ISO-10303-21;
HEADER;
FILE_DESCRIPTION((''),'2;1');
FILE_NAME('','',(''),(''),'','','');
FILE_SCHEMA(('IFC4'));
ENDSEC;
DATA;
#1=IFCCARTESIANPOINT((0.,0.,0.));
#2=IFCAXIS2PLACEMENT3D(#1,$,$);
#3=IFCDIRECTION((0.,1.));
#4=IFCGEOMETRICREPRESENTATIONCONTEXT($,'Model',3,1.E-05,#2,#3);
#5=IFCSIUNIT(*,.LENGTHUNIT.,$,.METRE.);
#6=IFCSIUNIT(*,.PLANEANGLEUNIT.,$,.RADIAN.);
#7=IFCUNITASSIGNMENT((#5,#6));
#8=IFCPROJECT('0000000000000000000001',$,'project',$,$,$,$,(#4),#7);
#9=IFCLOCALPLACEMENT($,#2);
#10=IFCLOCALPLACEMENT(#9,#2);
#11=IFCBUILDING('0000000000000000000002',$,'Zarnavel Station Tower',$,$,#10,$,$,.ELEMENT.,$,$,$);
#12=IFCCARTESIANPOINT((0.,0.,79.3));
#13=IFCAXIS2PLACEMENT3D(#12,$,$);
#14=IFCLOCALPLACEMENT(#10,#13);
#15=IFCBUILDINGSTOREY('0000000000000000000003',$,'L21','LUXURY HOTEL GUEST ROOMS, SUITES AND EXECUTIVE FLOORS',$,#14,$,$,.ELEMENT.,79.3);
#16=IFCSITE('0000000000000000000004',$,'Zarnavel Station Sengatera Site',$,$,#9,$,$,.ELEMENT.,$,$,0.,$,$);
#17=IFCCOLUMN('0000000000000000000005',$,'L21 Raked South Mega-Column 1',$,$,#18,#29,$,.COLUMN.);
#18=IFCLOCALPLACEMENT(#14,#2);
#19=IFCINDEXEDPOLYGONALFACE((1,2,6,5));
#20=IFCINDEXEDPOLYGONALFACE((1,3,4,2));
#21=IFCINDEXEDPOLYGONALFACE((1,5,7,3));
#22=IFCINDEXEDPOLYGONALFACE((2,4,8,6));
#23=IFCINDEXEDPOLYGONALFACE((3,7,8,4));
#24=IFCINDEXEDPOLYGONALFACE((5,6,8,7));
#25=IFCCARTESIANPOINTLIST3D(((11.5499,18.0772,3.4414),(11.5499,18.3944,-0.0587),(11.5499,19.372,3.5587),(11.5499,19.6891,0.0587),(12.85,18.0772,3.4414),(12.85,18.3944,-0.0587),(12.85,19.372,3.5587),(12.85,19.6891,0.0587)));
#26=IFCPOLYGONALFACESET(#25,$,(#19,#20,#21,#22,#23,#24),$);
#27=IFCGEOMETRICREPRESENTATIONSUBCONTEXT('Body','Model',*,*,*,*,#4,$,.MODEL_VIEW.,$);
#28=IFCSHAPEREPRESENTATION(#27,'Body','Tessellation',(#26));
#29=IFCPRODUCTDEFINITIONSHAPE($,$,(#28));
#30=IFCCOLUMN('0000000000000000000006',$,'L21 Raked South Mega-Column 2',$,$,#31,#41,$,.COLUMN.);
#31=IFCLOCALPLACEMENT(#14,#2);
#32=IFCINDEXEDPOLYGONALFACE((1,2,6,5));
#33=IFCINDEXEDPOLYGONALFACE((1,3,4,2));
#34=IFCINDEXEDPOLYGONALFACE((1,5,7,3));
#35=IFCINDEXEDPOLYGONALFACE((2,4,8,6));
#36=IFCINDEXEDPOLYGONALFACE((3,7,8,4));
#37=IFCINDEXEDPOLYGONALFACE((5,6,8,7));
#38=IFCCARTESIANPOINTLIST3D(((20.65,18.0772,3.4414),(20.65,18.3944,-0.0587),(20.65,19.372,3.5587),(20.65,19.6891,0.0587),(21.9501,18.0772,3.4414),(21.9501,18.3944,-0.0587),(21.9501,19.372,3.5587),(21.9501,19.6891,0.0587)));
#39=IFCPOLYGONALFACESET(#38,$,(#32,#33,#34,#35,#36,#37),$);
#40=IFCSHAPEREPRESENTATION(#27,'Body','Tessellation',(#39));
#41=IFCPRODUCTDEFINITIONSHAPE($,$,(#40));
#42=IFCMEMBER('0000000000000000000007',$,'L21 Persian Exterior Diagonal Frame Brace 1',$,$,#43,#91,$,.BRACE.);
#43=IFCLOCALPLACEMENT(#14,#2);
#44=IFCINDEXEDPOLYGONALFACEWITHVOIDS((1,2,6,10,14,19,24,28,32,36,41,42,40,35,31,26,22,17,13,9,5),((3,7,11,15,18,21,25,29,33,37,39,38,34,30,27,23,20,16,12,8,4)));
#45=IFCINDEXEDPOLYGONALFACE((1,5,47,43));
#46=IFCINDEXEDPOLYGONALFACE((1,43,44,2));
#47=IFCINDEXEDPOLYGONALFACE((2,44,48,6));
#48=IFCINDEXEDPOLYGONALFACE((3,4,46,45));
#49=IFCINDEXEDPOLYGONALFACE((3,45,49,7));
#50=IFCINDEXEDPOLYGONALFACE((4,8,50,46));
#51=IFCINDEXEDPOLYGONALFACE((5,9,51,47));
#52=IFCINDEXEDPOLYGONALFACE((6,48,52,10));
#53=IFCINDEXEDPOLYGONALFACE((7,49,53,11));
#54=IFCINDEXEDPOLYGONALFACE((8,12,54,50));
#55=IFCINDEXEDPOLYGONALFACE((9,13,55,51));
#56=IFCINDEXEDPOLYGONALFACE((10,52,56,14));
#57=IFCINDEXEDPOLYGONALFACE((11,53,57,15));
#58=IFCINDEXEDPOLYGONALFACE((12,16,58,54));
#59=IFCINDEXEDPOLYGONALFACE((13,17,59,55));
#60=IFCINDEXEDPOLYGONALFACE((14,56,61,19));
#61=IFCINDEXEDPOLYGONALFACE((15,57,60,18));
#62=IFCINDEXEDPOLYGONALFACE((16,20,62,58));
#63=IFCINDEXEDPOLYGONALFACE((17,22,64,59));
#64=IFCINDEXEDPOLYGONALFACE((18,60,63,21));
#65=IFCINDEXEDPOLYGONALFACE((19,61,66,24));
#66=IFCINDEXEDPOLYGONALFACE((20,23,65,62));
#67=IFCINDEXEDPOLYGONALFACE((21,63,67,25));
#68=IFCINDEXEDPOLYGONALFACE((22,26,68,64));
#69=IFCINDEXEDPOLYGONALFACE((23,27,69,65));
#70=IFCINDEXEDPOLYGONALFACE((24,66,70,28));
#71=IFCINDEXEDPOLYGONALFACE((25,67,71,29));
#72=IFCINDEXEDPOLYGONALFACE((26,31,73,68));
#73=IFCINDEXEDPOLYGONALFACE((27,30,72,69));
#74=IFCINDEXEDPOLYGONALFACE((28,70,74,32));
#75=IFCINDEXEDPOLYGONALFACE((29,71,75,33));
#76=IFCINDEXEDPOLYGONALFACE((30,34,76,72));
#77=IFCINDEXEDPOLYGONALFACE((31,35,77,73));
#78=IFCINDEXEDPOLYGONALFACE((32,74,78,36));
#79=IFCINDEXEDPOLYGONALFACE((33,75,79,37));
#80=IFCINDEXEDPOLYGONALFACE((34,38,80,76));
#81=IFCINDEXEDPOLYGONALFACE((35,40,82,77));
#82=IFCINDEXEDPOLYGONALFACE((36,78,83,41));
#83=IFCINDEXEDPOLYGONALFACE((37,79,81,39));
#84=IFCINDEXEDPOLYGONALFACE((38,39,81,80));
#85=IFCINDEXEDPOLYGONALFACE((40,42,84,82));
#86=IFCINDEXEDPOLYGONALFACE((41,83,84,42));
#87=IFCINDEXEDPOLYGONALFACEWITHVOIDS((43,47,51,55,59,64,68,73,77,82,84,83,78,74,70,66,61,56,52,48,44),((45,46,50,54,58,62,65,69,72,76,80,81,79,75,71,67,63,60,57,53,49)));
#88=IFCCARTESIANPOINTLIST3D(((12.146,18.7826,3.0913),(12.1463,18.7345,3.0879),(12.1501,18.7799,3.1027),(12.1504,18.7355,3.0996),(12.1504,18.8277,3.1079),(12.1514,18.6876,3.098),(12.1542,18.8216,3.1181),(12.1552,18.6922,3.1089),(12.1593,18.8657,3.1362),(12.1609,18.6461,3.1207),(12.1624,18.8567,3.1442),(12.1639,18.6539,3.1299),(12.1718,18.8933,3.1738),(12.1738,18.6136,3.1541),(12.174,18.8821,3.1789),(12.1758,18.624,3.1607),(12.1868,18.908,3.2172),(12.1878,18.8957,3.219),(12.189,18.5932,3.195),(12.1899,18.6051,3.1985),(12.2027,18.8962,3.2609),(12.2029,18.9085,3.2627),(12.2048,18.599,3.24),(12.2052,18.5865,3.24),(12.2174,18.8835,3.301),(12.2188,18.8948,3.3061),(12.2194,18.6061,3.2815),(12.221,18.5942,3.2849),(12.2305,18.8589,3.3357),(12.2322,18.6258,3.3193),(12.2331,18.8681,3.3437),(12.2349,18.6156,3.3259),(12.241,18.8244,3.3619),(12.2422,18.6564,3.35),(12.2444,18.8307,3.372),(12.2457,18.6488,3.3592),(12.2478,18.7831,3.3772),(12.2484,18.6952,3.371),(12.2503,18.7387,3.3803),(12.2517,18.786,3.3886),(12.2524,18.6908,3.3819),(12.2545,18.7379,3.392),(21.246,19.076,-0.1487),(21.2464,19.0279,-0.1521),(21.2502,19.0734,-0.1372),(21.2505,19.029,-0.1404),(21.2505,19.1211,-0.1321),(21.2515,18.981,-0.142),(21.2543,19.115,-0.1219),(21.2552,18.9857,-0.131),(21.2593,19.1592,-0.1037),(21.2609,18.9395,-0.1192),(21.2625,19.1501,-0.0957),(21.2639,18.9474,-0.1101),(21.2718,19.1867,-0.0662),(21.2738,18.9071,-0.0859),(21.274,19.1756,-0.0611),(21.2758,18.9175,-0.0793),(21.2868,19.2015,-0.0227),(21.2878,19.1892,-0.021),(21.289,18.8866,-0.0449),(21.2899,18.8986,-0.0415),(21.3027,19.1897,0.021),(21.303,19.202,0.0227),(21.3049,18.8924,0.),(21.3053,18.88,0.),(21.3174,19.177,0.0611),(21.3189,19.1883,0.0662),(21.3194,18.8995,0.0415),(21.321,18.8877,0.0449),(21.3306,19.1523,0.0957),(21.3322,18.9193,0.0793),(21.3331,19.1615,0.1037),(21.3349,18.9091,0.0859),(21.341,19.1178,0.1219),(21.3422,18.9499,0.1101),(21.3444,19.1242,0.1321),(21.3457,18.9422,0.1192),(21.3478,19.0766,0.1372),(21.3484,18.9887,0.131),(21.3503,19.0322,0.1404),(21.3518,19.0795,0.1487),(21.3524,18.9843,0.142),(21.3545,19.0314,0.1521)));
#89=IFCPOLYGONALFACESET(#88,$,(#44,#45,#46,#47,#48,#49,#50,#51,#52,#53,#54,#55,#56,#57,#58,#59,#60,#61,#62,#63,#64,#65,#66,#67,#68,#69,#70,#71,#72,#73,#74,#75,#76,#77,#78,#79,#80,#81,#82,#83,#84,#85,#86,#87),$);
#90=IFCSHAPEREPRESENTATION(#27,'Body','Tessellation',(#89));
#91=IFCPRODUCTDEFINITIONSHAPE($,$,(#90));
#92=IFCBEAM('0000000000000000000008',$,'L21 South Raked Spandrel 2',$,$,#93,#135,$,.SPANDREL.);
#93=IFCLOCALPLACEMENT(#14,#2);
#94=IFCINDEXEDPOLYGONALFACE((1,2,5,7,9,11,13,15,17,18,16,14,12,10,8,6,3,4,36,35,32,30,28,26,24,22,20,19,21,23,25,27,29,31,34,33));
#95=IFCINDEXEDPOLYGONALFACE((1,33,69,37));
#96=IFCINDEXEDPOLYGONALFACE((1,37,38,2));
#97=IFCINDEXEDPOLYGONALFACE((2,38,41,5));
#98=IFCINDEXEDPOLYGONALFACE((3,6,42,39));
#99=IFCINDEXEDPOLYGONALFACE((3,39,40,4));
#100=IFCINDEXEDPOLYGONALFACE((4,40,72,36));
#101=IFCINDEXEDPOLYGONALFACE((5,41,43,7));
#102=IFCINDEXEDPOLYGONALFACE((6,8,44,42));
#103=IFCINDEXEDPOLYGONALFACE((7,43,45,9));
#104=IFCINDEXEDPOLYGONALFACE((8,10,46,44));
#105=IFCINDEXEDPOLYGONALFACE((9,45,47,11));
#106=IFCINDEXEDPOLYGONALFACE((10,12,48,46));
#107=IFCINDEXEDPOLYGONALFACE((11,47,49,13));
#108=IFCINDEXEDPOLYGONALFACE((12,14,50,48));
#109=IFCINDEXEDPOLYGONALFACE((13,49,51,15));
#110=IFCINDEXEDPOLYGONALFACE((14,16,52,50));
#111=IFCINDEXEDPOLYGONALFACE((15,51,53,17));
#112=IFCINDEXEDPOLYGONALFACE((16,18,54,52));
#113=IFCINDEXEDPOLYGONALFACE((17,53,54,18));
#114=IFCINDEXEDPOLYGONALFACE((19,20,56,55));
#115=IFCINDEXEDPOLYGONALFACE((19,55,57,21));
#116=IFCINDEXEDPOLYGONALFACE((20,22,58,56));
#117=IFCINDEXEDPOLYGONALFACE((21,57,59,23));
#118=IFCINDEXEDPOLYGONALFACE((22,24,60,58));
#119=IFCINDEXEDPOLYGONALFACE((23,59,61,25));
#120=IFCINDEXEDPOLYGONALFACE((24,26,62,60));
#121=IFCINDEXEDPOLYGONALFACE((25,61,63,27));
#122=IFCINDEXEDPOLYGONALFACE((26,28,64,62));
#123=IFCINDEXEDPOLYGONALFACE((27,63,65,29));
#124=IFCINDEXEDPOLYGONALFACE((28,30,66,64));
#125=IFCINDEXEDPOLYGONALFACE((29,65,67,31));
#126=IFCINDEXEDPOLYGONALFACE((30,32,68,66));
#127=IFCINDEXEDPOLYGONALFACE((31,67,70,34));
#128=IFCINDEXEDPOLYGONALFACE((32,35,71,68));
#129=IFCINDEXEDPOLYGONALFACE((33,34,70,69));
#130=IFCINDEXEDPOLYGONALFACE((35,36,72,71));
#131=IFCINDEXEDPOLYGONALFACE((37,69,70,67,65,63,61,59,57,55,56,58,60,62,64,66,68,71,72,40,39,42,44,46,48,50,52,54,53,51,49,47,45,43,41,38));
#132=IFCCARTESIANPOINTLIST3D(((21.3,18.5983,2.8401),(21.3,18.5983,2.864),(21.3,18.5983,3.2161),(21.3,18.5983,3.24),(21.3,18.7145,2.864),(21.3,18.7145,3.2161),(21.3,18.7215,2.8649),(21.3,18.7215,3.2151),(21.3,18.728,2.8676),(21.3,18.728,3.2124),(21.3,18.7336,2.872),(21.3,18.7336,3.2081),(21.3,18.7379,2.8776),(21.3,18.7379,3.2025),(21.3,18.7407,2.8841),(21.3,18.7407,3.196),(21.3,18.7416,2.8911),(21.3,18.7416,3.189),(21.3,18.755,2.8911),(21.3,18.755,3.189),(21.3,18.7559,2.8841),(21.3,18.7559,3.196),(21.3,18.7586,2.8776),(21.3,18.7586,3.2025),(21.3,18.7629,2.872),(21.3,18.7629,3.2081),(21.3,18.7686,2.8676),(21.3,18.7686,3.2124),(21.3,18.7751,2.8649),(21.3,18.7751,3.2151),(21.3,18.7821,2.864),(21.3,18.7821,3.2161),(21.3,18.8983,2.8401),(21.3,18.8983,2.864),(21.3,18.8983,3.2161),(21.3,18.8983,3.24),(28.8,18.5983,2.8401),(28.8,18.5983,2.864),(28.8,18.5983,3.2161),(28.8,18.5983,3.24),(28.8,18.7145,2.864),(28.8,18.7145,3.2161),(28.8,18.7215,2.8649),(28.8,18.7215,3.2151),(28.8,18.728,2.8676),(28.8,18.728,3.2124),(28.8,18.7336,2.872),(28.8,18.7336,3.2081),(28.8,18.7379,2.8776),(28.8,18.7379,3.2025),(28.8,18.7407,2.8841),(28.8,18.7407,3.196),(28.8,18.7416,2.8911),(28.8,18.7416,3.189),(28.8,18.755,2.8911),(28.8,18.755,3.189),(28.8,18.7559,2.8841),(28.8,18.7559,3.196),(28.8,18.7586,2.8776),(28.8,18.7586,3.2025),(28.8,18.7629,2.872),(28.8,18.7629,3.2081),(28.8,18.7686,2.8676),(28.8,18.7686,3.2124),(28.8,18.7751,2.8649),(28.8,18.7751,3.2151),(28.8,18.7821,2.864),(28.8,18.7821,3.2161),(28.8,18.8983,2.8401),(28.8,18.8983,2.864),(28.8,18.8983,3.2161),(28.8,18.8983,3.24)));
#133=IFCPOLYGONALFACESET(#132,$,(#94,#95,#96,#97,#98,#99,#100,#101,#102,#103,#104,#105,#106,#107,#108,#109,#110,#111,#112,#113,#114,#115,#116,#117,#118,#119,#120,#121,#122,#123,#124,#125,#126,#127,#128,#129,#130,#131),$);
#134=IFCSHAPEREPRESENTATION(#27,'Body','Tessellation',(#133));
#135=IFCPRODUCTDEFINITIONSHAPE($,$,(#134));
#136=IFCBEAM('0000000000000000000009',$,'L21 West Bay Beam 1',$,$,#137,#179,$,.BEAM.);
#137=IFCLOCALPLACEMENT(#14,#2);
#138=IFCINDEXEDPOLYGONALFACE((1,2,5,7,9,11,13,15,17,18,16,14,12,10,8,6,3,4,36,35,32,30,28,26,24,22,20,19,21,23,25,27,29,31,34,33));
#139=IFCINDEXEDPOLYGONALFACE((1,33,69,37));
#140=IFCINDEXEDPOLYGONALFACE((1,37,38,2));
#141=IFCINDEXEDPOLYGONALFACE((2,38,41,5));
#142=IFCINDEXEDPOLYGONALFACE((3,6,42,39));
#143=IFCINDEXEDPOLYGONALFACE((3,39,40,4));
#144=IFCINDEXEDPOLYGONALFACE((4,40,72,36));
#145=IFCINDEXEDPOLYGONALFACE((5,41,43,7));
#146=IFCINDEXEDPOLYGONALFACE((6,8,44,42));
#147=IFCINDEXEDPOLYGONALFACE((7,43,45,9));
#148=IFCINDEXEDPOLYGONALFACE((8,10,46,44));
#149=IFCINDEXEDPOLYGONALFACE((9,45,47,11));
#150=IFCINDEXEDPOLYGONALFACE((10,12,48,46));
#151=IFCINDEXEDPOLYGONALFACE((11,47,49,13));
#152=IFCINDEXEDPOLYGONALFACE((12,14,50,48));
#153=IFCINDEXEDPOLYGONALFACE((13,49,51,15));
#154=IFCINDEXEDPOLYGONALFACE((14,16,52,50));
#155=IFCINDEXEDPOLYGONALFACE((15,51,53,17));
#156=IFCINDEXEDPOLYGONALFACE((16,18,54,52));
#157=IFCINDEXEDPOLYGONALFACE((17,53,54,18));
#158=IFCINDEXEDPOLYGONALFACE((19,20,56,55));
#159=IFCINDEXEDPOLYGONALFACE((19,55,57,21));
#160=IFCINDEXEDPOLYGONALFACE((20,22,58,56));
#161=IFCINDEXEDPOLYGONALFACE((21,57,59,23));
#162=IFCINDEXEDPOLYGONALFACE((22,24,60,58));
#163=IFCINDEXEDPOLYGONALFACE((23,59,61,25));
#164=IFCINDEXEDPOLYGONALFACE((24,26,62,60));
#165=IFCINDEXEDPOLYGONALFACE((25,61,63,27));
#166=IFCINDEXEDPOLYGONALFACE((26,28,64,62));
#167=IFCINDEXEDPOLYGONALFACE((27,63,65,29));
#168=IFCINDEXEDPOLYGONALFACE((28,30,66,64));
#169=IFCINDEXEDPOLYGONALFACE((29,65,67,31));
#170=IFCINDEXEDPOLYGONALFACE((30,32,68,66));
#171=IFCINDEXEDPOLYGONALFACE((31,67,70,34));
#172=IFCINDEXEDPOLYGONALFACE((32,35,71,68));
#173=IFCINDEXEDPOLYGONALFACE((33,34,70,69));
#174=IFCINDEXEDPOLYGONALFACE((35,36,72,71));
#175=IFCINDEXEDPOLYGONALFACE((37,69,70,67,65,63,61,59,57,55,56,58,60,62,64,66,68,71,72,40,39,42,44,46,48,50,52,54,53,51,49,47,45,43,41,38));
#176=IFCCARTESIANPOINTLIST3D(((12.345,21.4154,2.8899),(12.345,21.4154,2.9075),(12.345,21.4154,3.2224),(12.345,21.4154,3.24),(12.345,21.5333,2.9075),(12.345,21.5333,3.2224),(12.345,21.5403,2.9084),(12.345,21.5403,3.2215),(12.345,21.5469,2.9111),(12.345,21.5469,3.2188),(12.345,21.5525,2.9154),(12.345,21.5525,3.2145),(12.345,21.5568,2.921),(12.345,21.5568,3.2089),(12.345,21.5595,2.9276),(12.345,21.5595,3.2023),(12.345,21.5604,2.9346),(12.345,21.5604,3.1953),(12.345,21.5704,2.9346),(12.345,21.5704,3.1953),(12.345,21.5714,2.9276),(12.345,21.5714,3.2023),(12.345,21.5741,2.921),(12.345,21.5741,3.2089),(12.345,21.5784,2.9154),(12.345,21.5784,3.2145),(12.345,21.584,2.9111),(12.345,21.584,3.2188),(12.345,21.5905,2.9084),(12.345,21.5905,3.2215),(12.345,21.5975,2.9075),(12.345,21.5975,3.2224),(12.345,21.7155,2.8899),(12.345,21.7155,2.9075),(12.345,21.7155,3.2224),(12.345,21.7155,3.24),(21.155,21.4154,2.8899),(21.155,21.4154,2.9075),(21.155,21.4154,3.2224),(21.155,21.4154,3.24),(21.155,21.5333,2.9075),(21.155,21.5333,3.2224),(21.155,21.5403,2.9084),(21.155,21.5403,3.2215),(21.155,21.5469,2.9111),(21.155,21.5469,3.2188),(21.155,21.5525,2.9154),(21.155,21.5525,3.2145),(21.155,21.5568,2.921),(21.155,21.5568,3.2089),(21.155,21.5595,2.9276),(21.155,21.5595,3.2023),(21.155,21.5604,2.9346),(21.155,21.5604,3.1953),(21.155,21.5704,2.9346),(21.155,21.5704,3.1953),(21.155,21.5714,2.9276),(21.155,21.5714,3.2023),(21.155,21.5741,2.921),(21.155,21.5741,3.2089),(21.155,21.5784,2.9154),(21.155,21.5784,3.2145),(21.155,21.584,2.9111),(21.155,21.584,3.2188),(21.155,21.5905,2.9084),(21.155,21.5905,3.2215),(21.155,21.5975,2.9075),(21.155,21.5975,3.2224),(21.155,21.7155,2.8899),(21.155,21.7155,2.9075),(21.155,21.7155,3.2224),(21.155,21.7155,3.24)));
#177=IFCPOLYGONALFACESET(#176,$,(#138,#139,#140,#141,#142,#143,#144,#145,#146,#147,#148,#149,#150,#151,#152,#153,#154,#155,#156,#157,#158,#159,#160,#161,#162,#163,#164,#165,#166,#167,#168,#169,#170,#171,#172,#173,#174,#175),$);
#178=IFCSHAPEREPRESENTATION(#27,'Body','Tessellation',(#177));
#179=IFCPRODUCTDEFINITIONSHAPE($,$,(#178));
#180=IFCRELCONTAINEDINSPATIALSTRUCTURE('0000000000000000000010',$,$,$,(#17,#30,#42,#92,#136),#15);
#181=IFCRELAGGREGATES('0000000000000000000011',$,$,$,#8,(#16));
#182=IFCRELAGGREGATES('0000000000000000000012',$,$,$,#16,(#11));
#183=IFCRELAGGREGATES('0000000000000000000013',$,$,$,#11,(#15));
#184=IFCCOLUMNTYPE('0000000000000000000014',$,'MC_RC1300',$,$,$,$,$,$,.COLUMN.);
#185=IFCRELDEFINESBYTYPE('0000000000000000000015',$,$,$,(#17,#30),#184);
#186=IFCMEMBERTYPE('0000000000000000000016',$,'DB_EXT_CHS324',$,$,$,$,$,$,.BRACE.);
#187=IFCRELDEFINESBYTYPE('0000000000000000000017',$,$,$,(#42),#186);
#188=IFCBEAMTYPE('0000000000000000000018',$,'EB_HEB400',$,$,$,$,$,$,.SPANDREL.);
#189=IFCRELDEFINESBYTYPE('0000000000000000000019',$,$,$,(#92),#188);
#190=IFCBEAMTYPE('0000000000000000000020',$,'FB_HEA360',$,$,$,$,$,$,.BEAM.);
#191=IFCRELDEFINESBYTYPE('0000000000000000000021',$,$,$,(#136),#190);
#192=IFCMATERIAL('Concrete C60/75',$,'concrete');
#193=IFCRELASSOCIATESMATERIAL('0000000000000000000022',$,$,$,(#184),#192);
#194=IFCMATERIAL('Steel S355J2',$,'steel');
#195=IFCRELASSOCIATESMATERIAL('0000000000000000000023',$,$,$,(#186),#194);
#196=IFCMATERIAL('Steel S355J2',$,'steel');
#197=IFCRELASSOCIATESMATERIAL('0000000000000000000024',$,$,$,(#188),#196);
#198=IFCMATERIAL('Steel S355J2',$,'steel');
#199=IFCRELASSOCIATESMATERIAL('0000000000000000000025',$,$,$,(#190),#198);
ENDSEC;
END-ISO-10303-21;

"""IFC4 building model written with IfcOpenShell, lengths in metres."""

from ifc_helpers import new_model, si_unit, direction, frame, origin, origin_2d, place, context, subcontext, project, spatial, rectangle, hollow_circle, i_section, extrude, material, material_profile, profile_set, type_object, element, save


model = new_model("IFC4")

# Units and contexts
model_context = context("Model", 3, precision=1e-05, world=origin(), true_north=direction((0.0, 1.0)))
body_context = subcontext(model_context, "Body", "Model", "MODEL_VIEW")
ifc_project = project(units=[si_unit("LENGTHUNIT", "METRE"), si_unit("PLANEANGLEUNIT", "RADIAN")], contexts=[model_context])

# Site, building, storey
site_placement = place(None, origin())
site = spatial("IfcSite", under=ifc_project, at=site_placement, Name="Zarnavel Station Sengatera Site", CompositionType="ELEMENT", RefElevation=0.0)
building_placement = place(site_placement, origin())
building = spatial("IfcBuilding", under=site, at=building_placement, Name="Zarnavel Station Tower", CompositionType="ELEMENT")
storey_placement = place(building_placement, frame((0.0, 0.0, 79.3)))
storey = spatial("IfcBuildingStorey", under=building, at=storey_placement, Name="L21", Description="LUXURY HOTEL GUEST ROOMS, SUITES AND EXECUTIVE FLOORS", CompositionType="ELEMENT", Elevation=79.3)

# Columns
ifc_material_1 = material(Name="Concrete C60/75", Category="concrete")
ifc_material_profile_1 = material_profile(ifc_material_1, rectangle(XDim=1.3, YDim=1.3, at=origin_2d()), Name="RC1300x1300")
ifc_profile_set_1 = profile_set([ifc_material_profile_1], Name="Concrete C60/75")
column_type = type_object("IfcColumnType", Name="MC_RC1300", PredefinedType="COLUMN", material=ifc_profile_set_1)
for number, where, z_axis, x_axis, name in (
    (1, (12.2, 19.0417, 0.0), (0.0, -0.090241, 0.99592), (1.0, 0.0, 0.0), "L21 Raked South Mega-Column 1"),
    (2, (21.3, 19.0417, 0.0), (0.0, -0.090241, 0.99592), (1.0, 0.0, 0.0), "L21 Raked South Mega-Column 2"),
):
    element("IfcColumn", number, at=place(storey_placement, frame(where, z_axis=z_axis, x_axis=x_axis)), inside=storey, type_object=column_type, Name=name, PredefinedType="COLUMN", context=body_context, shape_type="SweptSolid", body=[
        extrude(rectangle(XDim=1.3, YDim=1.3, at=origin_2d()), origin(), (0.0, 0.0, 1.0), 3.5144),
    ])

# Member
ifc_material_2 = material(Name="Steel S355J2", Category="steel")
ifc_material_profile_2 = material_profile(ifc_material_2, hollow_circle(Radius=0.1619, WallThickness=0.0125, at=origin_2d()), Name="CHS323.9x12.5")
ifc_profile_set_2 = profile_set([ifc_material_profile_2], Name="Steel S355J2")
member_type = type_object("IfcMemberType", Name="DB_EXT_CHS324", PredefinedType="BRACE", material=ifc_profile_set_2)
member_placement = place(storey_placement, frame((21.3, 19.0417, 0.0), z_axis=(-0.941636, -0.030366, 0.335259), x_axis=(0.032231, -0.99948, 0.0)))
element("IfcMember", 3, at=member_placement, inside=storey, type_object=member_type, Name="L21 Persian Exterior Diagonal Frame Brace 1", PredefinedType="BRACE", context=body_context, shape_type="SweptSolid", body=[
    extrude(hollow_circle(Radius=0.1619, WallThickness=0.0125, at=origin_2d()), origin(), (0.0, 0.0, 1.0), 9.6641),
])

# Beams
ifc_material_3 = material(Name="Steel S355J2", Category="steel")
ifc_material_profile_3 = material_profile(ifc_material_3, i_section(OverallWidth=0.3, OverallDepth=0.3999, WebThickness=0.0134, FlangeThickness=0.0239, FilletRadius=0.0271, at=origin_2d()), Name="HEB400")
ifc_profile_set_3 = profile_set([ifc_material_profile_3], Name="Steel S355J2")
beam_type_1 = type_object("IfcBeamType", Name="EB_HEB400", PredefinedType="SPANDREL", material=ifc_profile_set_3)
beam_1_placement = place(storey_placement, frame((21.3, 18.7483, 3.04), z_axis=(1.0, 0.0, 0.0), x_axis=(0.0, 1.0, 0.0)))
element("IfcBeam", 4, at=beam_1_placement, inside=storey, type_object=beam_type_1, Name="L21 South Raked Spandrel 2", PredefinedType="SPANDREL", context=body_context, shape_type="SweptSolid", body=[
    extrude(i_section(OverallWidth=0.3, OverallDepth=0.3999, WebThickness=0.0134, FlangeThickness=0.0239, FilletRadius=0.0271, at=origin_2d()), origin(), (0.0, 0.0, 1.0), 7.5),
])
ifc_material_4 = material(Name="Steel S355J2", Category="steel")
ifc_material_profile_4 = material_profile(ifc_material_4, i_section(OverallWidth=0.3, OverallDepth=0.3501, WebThickness=0.01, FlangeThickness=0.0176, FilletRadius=0.0271, at=origin_2d()), Name="HEA360")
ifc_profile_set_4 = profile_set([ifc_material_profile_4], Name="Steel S355J2")
beam_type_2 = type_object("IfcBeamType", Name="FB_HEA360", PredefinedType="BEAM", material=ifc_profile_set_4)
beam_2_placement = place(storey_placement, frame((12.345, 21.5654, 3.0649), z_axis=(1.0, 0.0, 0.0), x_axis=(0.0, 1.0, 0.0)))
element("IfcBeam", 5, at=beam_2_placement, inside=storey, type_object=beam_type_2, Name="L21 West Bay Beam 1", PredefinedType="BEAM", context=body_context, shape_type="SweptSolid", body=[
    extrude(i_section(OverallWidth=0.3, OverallDepth=0.3501, WebThickness=0.01, FlangeThickness=0.0176, FilletRadius=0.0271, at=origin_2d()), origin(), (0.0, 0.0, 1.0), 8.8101),
])

save(model, "model.ifc")
